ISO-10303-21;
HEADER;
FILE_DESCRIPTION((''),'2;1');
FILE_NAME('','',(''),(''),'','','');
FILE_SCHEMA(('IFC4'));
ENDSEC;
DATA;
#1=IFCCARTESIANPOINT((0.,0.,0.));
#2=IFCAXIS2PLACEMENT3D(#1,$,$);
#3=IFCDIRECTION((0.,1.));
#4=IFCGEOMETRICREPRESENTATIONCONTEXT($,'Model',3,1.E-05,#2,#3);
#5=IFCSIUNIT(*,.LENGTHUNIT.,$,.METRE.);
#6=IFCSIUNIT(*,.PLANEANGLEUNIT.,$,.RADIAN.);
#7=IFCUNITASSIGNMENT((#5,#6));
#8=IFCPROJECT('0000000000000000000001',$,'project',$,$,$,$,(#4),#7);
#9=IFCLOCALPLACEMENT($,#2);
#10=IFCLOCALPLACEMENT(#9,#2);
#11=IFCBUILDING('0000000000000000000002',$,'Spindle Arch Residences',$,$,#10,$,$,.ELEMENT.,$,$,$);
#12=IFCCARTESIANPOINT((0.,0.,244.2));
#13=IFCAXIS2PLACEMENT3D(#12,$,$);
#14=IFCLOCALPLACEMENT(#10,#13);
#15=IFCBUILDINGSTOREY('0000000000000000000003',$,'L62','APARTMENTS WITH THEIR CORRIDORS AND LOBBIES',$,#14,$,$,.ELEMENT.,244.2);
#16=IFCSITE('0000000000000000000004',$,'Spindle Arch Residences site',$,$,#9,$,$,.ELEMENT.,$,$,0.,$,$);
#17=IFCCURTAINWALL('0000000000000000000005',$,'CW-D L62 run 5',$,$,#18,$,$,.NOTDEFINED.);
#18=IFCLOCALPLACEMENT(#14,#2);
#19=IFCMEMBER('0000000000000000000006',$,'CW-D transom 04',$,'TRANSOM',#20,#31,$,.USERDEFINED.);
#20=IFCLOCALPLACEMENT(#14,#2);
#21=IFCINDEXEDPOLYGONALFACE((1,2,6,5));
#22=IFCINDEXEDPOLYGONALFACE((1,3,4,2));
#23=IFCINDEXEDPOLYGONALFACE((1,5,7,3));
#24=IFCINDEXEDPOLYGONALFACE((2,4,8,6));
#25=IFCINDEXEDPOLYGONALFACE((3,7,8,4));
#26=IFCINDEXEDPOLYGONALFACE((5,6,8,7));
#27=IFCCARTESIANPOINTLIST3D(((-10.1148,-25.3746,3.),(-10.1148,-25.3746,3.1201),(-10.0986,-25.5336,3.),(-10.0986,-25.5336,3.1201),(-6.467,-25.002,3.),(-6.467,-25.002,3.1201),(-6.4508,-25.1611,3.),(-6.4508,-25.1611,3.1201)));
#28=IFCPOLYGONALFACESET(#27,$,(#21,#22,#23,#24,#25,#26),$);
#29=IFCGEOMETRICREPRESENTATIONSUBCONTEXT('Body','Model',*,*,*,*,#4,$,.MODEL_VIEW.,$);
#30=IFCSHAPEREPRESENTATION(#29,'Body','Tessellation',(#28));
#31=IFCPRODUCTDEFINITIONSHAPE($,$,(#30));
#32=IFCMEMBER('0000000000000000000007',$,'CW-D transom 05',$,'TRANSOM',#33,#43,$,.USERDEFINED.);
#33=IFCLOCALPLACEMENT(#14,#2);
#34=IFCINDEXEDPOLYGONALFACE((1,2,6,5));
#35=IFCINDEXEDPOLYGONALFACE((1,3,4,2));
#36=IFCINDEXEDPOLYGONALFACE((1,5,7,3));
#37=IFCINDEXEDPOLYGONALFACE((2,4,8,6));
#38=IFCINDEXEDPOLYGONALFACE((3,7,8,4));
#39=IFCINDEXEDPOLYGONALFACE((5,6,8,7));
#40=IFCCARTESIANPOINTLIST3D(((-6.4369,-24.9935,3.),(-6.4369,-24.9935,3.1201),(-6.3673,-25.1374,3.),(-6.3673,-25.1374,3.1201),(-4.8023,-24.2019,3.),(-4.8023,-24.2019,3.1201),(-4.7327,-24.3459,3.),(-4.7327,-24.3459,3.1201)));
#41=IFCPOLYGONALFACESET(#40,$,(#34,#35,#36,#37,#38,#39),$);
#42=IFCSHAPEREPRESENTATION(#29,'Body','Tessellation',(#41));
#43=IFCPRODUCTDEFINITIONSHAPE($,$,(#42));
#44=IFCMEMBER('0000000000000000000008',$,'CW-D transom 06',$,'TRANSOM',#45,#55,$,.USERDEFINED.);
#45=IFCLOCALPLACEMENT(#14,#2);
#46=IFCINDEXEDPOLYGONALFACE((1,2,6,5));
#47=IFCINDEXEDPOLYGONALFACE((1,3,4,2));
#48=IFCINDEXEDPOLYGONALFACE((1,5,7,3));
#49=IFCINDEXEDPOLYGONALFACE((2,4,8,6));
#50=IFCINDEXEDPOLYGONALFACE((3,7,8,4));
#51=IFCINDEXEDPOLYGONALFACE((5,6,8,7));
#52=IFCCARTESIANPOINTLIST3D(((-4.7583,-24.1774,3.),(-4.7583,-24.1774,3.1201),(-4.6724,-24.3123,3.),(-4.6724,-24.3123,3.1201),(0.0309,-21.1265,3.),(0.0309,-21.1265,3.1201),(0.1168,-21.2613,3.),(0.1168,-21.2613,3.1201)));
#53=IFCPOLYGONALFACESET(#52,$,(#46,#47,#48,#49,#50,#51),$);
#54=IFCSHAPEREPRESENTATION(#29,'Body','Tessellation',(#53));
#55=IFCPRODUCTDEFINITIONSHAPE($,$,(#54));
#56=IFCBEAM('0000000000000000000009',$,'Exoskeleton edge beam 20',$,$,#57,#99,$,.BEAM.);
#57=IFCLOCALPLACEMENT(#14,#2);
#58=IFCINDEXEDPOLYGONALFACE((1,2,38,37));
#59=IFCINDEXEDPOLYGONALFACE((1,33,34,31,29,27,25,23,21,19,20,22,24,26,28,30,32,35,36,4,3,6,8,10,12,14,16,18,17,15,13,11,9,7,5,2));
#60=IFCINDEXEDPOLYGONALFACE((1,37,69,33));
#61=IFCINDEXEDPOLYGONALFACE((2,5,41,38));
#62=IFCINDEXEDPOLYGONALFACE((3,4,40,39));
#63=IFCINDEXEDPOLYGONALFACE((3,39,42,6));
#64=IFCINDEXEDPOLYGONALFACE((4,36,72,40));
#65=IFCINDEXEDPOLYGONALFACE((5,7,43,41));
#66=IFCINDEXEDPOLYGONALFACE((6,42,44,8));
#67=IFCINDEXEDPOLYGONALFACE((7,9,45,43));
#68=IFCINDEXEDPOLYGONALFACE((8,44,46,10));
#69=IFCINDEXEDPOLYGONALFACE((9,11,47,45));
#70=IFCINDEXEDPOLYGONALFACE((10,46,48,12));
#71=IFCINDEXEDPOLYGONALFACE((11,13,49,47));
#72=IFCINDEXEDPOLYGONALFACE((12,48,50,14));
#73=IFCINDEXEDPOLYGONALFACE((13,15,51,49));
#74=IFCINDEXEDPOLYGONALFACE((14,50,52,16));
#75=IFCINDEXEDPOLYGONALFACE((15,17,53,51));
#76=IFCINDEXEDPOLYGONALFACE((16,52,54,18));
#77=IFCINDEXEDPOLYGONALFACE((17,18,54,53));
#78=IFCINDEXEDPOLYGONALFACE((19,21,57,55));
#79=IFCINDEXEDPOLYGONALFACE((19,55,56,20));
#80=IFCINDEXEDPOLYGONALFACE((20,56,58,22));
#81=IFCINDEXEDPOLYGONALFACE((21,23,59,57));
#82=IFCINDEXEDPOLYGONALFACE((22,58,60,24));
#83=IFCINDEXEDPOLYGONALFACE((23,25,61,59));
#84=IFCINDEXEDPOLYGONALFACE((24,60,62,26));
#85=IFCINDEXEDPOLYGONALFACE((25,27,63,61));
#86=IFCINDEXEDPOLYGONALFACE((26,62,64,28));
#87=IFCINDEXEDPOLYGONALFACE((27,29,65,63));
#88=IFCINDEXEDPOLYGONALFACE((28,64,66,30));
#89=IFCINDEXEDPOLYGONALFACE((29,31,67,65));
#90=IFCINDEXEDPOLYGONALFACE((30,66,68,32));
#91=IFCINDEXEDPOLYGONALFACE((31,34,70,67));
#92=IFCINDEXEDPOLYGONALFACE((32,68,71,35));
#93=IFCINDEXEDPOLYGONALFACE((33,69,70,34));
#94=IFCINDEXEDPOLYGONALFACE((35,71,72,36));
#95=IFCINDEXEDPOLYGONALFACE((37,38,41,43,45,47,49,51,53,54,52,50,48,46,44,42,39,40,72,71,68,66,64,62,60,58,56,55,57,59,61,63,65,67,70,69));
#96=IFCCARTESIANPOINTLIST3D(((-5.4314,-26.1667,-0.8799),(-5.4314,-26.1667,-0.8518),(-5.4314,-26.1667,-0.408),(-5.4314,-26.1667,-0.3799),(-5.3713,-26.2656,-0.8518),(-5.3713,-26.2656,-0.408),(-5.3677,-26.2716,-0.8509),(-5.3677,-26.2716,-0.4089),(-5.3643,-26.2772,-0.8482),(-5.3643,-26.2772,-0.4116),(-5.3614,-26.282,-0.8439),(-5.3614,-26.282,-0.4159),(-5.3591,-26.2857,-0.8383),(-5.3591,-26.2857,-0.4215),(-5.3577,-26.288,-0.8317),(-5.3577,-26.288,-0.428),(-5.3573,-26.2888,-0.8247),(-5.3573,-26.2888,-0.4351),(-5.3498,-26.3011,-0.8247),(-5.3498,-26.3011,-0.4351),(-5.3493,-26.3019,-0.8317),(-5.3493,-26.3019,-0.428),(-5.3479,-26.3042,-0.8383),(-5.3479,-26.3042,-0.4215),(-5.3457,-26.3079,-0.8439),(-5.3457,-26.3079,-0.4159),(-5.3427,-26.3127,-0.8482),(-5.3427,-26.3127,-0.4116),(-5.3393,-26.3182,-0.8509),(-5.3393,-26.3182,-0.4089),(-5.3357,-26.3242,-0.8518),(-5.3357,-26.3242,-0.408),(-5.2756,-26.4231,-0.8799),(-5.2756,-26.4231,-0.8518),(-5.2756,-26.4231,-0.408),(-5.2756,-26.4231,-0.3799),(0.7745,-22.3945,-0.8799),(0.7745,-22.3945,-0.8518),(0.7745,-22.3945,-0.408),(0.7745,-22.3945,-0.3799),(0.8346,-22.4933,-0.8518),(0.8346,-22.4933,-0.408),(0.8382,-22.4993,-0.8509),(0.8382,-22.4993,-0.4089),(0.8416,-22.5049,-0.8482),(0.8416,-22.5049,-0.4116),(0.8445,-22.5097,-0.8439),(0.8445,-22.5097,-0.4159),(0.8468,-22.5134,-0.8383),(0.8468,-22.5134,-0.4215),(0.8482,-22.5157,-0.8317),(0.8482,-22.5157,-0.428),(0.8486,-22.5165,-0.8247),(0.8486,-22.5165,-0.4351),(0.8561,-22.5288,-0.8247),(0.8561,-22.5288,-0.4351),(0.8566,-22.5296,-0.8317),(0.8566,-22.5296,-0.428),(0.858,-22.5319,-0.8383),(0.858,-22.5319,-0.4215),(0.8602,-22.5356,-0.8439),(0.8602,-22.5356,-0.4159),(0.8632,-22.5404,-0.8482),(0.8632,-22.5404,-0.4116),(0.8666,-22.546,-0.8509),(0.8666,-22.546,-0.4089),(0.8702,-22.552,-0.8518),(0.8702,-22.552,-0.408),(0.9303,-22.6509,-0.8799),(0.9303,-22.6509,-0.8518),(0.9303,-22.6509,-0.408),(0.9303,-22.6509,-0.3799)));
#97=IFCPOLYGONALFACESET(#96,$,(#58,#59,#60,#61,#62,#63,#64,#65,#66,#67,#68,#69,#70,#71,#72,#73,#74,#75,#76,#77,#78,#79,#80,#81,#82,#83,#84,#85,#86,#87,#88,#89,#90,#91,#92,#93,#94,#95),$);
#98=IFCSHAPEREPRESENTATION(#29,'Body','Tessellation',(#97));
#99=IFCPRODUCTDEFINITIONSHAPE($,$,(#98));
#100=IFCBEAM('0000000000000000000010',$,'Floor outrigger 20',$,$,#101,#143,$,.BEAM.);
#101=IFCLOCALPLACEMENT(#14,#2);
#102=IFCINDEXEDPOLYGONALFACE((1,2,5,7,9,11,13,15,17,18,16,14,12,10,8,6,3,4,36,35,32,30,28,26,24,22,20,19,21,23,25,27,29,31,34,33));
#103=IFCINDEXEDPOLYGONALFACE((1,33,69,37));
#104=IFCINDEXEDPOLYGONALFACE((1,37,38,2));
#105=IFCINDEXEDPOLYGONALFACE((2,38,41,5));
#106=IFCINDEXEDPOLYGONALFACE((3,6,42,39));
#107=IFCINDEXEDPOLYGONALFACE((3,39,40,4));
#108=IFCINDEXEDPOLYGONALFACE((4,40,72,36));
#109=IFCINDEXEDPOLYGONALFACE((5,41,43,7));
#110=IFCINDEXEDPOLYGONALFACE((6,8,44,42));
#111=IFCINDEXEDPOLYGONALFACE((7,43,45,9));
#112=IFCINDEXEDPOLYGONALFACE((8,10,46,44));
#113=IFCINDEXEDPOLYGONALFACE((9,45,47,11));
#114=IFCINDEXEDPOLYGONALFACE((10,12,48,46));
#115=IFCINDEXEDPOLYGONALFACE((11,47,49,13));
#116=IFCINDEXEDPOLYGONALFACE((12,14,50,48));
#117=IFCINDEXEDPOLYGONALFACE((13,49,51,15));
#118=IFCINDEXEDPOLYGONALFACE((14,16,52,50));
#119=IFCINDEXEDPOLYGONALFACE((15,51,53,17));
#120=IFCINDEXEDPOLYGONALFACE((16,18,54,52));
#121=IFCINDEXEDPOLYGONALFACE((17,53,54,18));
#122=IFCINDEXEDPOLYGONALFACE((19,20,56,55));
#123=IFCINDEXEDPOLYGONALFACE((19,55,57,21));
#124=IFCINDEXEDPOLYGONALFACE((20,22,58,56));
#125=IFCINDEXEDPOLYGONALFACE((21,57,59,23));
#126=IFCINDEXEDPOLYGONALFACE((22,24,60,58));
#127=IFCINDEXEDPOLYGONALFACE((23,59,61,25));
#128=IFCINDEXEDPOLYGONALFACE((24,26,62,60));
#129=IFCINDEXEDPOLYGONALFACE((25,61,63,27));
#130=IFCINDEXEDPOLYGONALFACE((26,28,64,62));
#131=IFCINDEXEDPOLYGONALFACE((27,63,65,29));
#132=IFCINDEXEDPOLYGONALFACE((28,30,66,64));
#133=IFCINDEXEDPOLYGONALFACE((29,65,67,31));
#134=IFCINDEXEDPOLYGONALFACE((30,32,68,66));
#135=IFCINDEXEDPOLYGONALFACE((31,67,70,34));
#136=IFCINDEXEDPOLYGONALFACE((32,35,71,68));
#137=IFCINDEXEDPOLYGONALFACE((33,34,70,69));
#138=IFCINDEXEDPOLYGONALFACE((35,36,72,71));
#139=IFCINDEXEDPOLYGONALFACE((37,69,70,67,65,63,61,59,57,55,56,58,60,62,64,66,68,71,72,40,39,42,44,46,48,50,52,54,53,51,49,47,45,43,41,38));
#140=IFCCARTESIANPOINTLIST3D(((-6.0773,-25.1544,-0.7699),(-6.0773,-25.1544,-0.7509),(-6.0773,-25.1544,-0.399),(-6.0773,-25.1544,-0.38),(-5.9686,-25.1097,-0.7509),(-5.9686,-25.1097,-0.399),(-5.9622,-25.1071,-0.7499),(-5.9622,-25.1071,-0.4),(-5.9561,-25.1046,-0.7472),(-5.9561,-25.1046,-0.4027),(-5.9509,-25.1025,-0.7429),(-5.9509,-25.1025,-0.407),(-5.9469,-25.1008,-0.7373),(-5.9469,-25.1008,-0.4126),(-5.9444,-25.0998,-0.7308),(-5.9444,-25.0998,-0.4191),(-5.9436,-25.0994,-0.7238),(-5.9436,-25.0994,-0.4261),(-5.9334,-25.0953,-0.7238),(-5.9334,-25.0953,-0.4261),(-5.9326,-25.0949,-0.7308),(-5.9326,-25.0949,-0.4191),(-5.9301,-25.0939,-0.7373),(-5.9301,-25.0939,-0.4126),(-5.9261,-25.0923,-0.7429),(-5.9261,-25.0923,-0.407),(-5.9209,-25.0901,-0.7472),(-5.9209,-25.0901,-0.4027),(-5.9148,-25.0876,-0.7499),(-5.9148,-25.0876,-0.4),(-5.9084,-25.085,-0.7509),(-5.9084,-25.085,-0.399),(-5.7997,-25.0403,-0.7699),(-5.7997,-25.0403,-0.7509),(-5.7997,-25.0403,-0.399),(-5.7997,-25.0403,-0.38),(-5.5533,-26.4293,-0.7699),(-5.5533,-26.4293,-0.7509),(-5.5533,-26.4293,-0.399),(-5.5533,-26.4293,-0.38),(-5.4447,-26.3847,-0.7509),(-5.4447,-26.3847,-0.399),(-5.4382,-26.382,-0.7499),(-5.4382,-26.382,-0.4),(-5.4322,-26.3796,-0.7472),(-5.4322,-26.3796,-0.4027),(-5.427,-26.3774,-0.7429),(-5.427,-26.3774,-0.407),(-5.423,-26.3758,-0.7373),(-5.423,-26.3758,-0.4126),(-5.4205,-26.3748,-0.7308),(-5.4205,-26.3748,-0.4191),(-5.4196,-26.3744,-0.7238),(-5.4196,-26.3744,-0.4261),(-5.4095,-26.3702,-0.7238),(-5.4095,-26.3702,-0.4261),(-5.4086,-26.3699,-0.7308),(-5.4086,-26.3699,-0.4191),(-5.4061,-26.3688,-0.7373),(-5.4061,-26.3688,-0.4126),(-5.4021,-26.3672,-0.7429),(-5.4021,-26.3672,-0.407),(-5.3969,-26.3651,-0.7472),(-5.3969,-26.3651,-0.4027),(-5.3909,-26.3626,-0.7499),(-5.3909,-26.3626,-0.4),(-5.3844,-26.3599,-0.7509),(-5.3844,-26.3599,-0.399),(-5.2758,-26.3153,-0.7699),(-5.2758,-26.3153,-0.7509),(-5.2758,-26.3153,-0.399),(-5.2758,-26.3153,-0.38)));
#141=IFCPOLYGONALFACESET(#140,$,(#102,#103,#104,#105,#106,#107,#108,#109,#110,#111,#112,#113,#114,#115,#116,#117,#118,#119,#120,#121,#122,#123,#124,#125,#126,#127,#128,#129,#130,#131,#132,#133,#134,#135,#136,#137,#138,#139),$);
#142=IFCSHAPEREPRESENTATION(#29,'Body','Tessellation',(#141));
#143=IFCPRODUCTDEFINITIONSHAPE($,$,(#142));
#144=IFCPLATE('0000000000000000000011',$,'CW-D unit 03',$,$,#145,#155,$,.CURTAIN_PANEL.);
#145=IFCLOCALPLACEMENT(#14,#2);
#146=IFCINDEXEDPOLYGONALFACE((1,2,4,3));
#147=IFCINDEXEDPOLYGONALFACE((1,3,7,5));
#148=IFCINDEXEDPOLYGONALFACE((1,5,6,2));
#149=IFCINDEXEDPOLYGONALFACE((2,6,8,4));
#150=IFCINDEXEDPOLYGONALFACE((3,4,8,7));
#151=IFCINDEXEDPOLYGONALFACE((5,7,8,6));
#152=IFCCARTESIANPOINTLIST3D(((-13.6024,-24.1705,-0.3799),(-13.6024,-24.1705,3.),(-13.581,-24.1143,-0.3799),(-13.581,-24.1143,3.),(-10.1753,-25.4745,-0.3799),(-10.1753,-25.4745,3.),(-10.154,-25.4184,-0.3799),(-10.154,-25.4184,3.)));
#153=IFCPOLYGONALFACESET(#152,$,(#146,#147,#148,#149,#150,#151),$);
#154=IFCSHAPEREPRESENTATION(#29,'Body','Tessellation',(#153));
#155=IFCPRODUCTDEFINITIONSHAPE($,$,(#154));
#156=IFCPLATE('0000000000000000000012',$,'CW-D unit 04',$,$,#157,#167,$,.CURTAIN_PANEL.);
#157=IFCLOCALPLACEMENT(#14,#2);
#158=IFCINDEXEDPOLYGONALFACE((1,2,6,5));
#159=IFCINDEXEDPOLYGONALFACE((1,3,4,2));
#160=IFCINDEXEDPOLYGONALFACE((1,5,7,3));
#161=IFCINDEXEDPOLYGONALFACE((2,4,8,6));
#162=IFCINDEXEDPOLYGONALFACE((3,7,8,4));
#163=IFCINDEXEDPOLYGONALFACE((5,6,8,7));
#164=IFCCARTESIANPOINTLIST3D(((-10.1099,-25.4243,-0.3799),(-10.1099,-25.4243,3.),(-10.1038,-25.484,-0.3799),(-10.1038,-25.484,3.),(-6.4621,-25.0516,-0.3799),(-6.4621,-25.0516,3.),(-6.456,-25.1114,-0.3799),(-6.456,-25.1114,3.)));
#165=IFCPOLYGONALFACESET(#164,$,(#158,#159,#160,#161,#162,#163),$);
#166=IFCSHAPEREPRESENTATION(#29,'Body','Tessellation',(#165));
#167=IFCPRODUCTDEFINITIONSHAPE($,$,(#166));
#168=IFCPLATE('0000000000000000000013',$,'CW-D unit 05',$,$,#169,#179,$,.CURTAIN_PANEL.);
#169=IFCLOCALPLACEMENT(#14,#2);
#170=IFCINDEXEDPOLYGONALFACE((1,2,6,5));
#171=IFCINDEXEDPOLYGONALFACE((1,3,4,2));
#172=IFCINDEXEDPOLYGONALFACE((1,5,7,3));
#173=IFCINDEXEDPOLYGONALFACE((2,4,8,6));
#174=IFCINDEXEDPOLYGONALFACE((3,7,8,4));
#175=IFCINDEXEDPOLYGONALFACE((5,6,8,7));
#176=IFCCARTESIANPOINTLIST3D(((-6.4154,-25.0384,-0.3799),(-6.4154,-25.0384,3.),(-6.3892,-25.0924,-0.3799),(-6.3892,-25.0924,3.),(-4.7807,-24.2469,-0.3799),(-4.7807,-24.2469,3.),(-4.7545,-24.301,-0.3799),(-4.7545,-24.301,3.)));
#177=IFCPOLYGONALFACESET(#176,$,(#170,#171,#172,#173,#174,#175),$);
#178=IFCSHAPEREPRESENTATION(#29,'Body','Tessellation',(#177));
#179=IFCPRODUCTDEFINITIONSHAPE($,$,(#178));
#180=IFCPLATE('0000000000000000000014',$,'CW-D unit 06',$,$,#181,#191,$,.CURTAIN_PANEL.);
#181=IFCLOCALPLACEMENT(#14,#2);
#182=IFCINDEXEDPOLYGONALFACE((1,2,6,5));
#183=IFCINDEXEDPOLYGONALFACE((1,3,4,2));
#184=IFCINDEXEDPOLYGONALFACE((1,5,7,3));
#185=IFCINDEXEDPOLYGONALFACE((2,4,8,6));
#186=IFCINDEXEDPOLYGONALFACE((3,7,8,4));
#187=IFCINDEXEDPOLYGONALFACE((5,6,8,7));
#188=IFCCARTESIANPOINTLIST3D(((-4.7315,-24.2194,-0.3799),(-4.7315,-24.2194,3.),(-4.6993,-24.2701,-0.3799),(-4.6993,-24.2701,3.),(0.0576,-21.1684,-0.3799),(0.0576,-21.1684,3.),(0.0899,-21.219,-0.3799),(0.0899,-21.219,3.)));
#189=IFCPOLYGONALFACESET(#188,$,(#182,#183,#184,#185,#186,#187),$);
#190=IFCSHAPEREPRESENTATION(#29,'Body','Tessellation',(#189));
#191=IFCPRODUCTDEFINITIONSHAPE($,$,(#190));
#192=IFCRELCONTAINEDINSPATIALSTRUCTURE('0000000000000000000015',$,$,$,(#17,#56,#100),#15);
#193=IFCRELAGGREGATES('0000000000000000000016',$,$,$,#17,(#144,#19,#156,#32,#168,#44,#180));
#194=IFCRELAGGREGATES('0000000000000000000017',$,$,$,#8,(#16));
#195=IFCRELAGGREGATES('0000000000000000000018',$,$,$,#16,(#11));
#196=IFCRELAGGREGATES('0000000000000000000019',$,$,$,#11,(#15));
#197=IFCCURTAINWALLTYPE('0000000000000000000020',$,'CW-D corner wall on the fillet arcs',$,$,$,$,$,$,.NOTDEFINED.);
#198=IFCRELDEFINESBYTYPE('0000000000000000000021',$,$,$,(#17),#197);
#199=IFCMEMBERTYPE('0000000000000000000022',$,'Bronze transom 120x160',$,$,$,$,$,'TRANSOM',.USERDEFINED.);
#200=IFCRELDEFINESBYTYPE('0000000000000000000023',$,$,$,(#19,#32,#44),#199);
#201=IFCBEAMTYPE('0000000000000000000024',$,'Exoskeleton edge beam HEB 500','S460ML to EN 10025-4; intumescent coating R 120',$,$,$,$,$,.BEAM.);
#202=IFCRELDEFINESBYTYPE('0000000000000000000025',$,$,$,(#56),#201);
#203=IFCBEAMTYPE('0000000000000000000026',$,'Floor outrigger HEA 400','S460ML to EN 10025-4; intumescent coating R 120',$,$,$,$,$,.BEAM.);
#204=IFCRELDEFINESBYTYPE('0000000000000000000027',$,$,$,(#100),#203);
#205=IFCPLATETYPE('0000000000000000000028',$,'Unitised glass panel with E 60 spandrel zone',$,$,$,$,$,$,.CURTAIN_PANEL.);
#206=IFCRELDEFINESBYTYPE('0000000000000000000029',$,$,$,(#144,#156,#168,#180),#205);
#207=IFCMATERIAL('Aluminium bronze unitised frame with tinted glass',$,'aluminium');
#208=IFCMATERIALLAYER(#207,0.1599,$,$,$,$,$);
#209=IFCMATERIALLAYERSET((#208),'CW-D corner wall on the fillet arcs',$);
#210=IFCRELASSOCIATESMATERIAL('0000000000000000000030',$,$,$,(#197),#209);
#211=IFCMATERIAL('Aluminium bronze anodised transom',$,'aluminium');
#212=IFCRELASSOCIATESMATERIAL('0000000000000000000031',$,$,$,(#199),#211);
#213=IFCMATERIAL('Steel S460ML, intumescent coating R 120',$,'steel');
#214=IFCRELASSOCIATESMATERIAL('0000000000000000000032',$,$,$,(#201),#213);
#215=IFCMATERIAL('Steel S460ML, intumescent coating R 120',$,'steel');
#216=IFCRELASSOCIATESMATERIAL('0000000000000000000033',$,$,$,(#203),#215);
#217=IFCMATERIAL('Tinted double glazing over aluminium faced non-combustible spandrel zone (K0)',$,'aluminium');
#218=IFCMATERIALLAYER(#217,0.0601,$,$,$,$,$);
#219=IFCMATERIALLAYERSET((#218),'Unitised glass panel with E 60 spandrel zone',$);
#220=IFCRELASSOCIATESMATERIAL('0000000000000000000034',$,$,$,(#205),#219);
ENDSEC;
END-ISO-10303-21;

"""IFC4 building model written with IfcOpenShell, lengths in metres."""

from ifc_helpers import new_model, si_unit, direction, frame, origin, origin_2d, place, context, subcontext, project, spatial, rectangle, i_section, extrude, material, layer, layer_set, material_profile, profile_set, type_object, element, aggregate, save


model = new_model("IFC4")

# Units and contexts
model_context = context("Model", 3, precision=1e-05, world=origin(), true_north=direction((0.0, 1.0)))
body_context = subcontext(model_context, "Body", "Model", "MODEL_VIEW")
ifc_project = project(units=[si_unit("LENGTHUNIT", "METRE"), si_unit("PLANEANGLEUNIT", "RADIAN")], contexts=[model_context])

# Site, building, storey
site_placement = place(None, origin())
site = spatial("IfcSite", under=ifc_project, at=site_placement, Name="Spindle Arch Residences site", CompositionType="ELEMENT", RefElevation=0.0)
building_placement = place(site_placement, origin())
building = spatial("IfcBuilding", under=site, at=building_placement, Name="Spindle Arch Residences", CompositionType="ELEMENT")
storey_placement = place(building_placement, frame((0.0, 0.0, 244.2)))
storey = spatial("IfcBuildingStorey", under=building, at=storey_placement, Name="L62", Description="APARTMENTS WITH THEIR CORRIDORS AND LOBBIES", CompositionType="ELEMENT", Elevation=244.2)

# Curtain wall, members
ifc_material_1 = material(Name="Aluminium bronze unitised frame with tinted glass", Category="aluminium")
ifc_layer_1 = layer(ifc_material_1, 0.1599)
ifc_layer_set_1 = layer_set([ifc_layer_1], Name="CW-D corner wall on the fillet arcs")
curtain_wall_type = type_object("IfcCurtainWallType", Name="CW-D corner wall on the fillet arcs", PredefinedType="NOTDEFINED", material=ifc_layer_set_1)
curtain_wall_placement = place(storey_placement, origin())
curtain_wall = element("IfcCurtainWall", 1, at=curtain_wall_placement, inside=storey, type_object=curtain_wall_type, Name="CW-D L62 run 5", PredefinedType="NOTDEFINED")
ifc_material_2 = material(Name="Aluminium bronze anodised transom", Category="aluminium")
ifc_material_profile_1 = material_profile(ifc_material_2, rectangle(XDim=0.1599, YDim=0.1201, at=origin_2d()), Name="TR 120x160")
ifc_profile_set_1 = profile_set([ifc_material_profile_1], Name="Aluminium bronze anodised transom")
member_type_1 = type_object("IfcMemberType", Name="Bronze transom 120x160", ElementType="TRANSOM", PredefinedType="USERDEFINED", material=ifc_profile_set_1)
member_1_placement = place(storey_placement, frame((-10.1067, -25.4541, 3.0601), z_axis=(0.994825, 0.101606, 0.0), x_axis=(-0.101606, 0.994825, 0.0)))
member_1 = element("IfcMember", 2, at=member_1_placement, type_object=member_type_1, Name="CW-D transom 04", ObjectType="TRANSOM", PredefinedType="USERDEFINED", context=body_context, shape_type="SweptSolid", body=[
    extrude(rectangle(XDim=0.1599, YDim=0.1201, at=origin_2d()), origin(), (0.0, 0.0, 1.0), 3.6667),
])
member_2_placement = place(storey_placement, frame((-6.4021, -25.0654, 3.0601), z_axis=(0.900028, 0.435831, 0.0), x_axis=(-0.435831, 0.900028, 0.0)))
member_2 = element("IfcMember", 3, at=member_2_placement, type_object=member_type_1, Name="CW-D transom 05", ObjectType="TRANSOM", PredefinedType="USERDEFINED", context=body_context, shape_type="SweptSolid", body=[
    extrude(rectangle(XDim=0.1599, YDim=0.1201, at=origin_2d()), origin(), (0.0, 0.0, 1.0), 1.8162),
])
member_3_placement = place(storey_placement, frame((-4.7153, -24.2449, 3.0601), z_axis=(0.843399, 0.537287, 0.0), x_axis=(-0.537287, 0.843399, 0.0)))
member_3 = element("IfcMember", 4, at=member_3_placement, type_object=member_type_1, Name="CW-D transom 06", ObjectType="TRANSOM", PredefinedType="USERDEFINED", context=body_context, shape_type="SweptSolid", body=[
    extrude(rectangle(XDim=0.1599, YDim=0.1201, at=origin_2d()), origin(), (0.0, 0.0, 1.0), 5.6785),
])

# Beams
ifc_material_3 = material(Name="Steel S460ML, intumescent coating R 120", Category="steel")
ifc_material_profile_2 = material_profile(ifc_material_3, i_section(OverallWidth=0.3, OverallDepth=0.5, WebThickness=0.0144, FlangeThickness=0.0281, FilletRadius=0.0271, at=origin_2d()), Name="HEB 500")
ifc_profile_set_2 = profile_set([ifc_material_profile_2], Name="Steel S460ML, intumescent coating R 120")
beam_type_1 = type_object("IfcBeamType", Name="Exoskeleton edge beam HEB 500", Description="S460ML to EN 10025-4; intumescent coating R 120", PredefinedType="BEAM", material=ifc_profile_set_2)
beam_1_placement = place(storey_placement, frame((-5.3535, -26.2949, -0.6299), z_axis=(0.854518, 0.519421, 0.0), x_axis=(-0.519421, 0.854518, 0.0)))
element("IfcBeam", 5, at=beam_1_placement, inside=storey, type_object=beam_type_1, Name="Exoskeleton edge beam 20", PredefinedType="BEAM", context=body_context, shape_type="SweptSolid", body=[
    extrude(i_section(OverallWidth=0.3, OverallDepth=0.5, WebThickness=0.0144, FlangeThickness=0.0281, FilletRadius=0.0271, at=origin_2d()), origin(), (0.0, 0.0, 1.0), 7.2625),
])
ifc_material_4 = material(Name="Steel S460ML, intumescent coating R 120", Category="steel")
ifc_material_profile_3 = material_profile(ifc_material_4, i_section(OverallWidth=0.3, OverallDepth=0.3899, WebThickness=0.011, FlangeThickness=0.019, FilletRadius=0.0271, at=origin_2d()), Name="HEA 400")
ifc_profile_set_3 = profile_set([ifc_material_profile_3], Name="Steel S460ML, intumescent coating R 120")
beam_type_2 = type_object("IfcBeamType", Name="Floor outrigger HEA 400", Description="S460ML to EN 10025-4; intumescent coating R 120", PredefinedType="BEAM", material=ifc_profile_set_3)
beam_2_placement = place(storey_placement, frame((-5.4146, -26.3723, -0.575), z_axis=(-0.380108, 0.924942, 0.0), x_axis=(-0.924942, -0.380108, 0.0)))
element("IfcBeam", 6, at=beam_2_placement, inside=storey, type_object=beam_type_2, Name="Floor outrigger 20", PredefinedType="BEAM", context=body_context, shape_type="SweptSolid", body=[
    extrude(i_section(OverallWidth=0.3, OverallDepth=0.3899, WebThickness=0.011, FlangeThickness=0.019, FilletRadius=0.0271, at=origin_2d()), origin(), (0.0, 0.0, 1.0), 1.3784),
])

# Plates
ifc_material_5 = material(Name="Tinted double glazing over aluminium faced non-combustible spandrel zone (K0)", Category="aluminium")
ifc_layer_2 = layer(ifc_material_5, 0.0601)
ifc_layer_set_2 = layer_set([ifc_layer_2], Name="Unitised glass panel with E 60 spandrel zone")
plate_type = type_object("IfcPlateType", Name="Unitised glass panel with E 60 spandrel zone", PredefinedType="CURTAIN_PANEL", material=ifc_layer_set_2)
plate_1_placement = place(storey_placement, frame((-11.8782, -24.7944, -0.3799), z_axis=(0.0, 0.0, 1.0), x_axis=(0.934619, -0.355651, 0.0)))
plate_1 = element("IfcPlate", 7, at=plate_1_placement, type_object=plate_type, Name="CW-D unit 03", PredefinedType="CURTAIN_PANEL", context=body_context, shape_type="SweptSolid", body=[
    extrude(rectangle(XDim=3.6667, YDim=0.0601, at=origin_2d()), origin(), (0.0, 0.0, 1.0), 3.3799),
])
plate_2_placement = place(storey_placement, frame((-8.283, -25.2678, -0.3799), z_axis=(0.0, 0.0, 1.0), x_axis=(0.994822, 0.101635, 0.0)))
plate_2 = element("IfcPlate", 8, at=plate_2_placement, type_object=plate_type, Name="CW-D unit 04", PredefinedType="CURTAIN_PANEL", context=body_context, shape_type="SweptSolid", body=[
    extrude(rectangle(XDim=3.6667, YDim=0.0601, at=origin_2d()), origin(), (0.0, 0.0, 1.0), 3.3799),
])
plate_3_placement = place(storey_placement, frame((-5.585, -24.6697, -0.3799), z_axis=(0.0, 0.0, 1.0), x_axis=(0.900065, 0.435755, 0.0)))
plate_3 = element("IfcPlate", 9, at=plate_3_placement, type_object=plate_type, Name="CW-D unit 05", PredefinedType="CURTAIN_PANEL", context=body_context, shape_type="SweptSolid", body=[
    extrude(rectangle(XDim=1.8162, YDim=0.0601, at=origin_2d()), origin(), (0.0, 0.0, 1.0), 3.3799),
])
plate_4_placement = place(storey_placement, frame((-2.3208, -22.7192, -0.3799), z_axis=(0.0, 0.0, 1.0), x_axis=(0.843391, 0.5373, 0.0)))
plate_4 = element("IfcPlate", 10, at=plate_4_placement, type_object=plate_type, Name="CW-D unit 06", PredefinedType="CURTAIN_PANEL", context=body_context, shape_type="SweptSolid", body=[
    extrude(rectangle(XDim=5.6785, YDim=0.0601, at=origin_2d()), origin(), (0.0, 0.0, 1.0), 3.3799),
])
aggregate(curtain_wall, [plate_1, member_1, plate_2, member_2, plate_3, member_3, plate_4])

save(model, "model.ifc")
